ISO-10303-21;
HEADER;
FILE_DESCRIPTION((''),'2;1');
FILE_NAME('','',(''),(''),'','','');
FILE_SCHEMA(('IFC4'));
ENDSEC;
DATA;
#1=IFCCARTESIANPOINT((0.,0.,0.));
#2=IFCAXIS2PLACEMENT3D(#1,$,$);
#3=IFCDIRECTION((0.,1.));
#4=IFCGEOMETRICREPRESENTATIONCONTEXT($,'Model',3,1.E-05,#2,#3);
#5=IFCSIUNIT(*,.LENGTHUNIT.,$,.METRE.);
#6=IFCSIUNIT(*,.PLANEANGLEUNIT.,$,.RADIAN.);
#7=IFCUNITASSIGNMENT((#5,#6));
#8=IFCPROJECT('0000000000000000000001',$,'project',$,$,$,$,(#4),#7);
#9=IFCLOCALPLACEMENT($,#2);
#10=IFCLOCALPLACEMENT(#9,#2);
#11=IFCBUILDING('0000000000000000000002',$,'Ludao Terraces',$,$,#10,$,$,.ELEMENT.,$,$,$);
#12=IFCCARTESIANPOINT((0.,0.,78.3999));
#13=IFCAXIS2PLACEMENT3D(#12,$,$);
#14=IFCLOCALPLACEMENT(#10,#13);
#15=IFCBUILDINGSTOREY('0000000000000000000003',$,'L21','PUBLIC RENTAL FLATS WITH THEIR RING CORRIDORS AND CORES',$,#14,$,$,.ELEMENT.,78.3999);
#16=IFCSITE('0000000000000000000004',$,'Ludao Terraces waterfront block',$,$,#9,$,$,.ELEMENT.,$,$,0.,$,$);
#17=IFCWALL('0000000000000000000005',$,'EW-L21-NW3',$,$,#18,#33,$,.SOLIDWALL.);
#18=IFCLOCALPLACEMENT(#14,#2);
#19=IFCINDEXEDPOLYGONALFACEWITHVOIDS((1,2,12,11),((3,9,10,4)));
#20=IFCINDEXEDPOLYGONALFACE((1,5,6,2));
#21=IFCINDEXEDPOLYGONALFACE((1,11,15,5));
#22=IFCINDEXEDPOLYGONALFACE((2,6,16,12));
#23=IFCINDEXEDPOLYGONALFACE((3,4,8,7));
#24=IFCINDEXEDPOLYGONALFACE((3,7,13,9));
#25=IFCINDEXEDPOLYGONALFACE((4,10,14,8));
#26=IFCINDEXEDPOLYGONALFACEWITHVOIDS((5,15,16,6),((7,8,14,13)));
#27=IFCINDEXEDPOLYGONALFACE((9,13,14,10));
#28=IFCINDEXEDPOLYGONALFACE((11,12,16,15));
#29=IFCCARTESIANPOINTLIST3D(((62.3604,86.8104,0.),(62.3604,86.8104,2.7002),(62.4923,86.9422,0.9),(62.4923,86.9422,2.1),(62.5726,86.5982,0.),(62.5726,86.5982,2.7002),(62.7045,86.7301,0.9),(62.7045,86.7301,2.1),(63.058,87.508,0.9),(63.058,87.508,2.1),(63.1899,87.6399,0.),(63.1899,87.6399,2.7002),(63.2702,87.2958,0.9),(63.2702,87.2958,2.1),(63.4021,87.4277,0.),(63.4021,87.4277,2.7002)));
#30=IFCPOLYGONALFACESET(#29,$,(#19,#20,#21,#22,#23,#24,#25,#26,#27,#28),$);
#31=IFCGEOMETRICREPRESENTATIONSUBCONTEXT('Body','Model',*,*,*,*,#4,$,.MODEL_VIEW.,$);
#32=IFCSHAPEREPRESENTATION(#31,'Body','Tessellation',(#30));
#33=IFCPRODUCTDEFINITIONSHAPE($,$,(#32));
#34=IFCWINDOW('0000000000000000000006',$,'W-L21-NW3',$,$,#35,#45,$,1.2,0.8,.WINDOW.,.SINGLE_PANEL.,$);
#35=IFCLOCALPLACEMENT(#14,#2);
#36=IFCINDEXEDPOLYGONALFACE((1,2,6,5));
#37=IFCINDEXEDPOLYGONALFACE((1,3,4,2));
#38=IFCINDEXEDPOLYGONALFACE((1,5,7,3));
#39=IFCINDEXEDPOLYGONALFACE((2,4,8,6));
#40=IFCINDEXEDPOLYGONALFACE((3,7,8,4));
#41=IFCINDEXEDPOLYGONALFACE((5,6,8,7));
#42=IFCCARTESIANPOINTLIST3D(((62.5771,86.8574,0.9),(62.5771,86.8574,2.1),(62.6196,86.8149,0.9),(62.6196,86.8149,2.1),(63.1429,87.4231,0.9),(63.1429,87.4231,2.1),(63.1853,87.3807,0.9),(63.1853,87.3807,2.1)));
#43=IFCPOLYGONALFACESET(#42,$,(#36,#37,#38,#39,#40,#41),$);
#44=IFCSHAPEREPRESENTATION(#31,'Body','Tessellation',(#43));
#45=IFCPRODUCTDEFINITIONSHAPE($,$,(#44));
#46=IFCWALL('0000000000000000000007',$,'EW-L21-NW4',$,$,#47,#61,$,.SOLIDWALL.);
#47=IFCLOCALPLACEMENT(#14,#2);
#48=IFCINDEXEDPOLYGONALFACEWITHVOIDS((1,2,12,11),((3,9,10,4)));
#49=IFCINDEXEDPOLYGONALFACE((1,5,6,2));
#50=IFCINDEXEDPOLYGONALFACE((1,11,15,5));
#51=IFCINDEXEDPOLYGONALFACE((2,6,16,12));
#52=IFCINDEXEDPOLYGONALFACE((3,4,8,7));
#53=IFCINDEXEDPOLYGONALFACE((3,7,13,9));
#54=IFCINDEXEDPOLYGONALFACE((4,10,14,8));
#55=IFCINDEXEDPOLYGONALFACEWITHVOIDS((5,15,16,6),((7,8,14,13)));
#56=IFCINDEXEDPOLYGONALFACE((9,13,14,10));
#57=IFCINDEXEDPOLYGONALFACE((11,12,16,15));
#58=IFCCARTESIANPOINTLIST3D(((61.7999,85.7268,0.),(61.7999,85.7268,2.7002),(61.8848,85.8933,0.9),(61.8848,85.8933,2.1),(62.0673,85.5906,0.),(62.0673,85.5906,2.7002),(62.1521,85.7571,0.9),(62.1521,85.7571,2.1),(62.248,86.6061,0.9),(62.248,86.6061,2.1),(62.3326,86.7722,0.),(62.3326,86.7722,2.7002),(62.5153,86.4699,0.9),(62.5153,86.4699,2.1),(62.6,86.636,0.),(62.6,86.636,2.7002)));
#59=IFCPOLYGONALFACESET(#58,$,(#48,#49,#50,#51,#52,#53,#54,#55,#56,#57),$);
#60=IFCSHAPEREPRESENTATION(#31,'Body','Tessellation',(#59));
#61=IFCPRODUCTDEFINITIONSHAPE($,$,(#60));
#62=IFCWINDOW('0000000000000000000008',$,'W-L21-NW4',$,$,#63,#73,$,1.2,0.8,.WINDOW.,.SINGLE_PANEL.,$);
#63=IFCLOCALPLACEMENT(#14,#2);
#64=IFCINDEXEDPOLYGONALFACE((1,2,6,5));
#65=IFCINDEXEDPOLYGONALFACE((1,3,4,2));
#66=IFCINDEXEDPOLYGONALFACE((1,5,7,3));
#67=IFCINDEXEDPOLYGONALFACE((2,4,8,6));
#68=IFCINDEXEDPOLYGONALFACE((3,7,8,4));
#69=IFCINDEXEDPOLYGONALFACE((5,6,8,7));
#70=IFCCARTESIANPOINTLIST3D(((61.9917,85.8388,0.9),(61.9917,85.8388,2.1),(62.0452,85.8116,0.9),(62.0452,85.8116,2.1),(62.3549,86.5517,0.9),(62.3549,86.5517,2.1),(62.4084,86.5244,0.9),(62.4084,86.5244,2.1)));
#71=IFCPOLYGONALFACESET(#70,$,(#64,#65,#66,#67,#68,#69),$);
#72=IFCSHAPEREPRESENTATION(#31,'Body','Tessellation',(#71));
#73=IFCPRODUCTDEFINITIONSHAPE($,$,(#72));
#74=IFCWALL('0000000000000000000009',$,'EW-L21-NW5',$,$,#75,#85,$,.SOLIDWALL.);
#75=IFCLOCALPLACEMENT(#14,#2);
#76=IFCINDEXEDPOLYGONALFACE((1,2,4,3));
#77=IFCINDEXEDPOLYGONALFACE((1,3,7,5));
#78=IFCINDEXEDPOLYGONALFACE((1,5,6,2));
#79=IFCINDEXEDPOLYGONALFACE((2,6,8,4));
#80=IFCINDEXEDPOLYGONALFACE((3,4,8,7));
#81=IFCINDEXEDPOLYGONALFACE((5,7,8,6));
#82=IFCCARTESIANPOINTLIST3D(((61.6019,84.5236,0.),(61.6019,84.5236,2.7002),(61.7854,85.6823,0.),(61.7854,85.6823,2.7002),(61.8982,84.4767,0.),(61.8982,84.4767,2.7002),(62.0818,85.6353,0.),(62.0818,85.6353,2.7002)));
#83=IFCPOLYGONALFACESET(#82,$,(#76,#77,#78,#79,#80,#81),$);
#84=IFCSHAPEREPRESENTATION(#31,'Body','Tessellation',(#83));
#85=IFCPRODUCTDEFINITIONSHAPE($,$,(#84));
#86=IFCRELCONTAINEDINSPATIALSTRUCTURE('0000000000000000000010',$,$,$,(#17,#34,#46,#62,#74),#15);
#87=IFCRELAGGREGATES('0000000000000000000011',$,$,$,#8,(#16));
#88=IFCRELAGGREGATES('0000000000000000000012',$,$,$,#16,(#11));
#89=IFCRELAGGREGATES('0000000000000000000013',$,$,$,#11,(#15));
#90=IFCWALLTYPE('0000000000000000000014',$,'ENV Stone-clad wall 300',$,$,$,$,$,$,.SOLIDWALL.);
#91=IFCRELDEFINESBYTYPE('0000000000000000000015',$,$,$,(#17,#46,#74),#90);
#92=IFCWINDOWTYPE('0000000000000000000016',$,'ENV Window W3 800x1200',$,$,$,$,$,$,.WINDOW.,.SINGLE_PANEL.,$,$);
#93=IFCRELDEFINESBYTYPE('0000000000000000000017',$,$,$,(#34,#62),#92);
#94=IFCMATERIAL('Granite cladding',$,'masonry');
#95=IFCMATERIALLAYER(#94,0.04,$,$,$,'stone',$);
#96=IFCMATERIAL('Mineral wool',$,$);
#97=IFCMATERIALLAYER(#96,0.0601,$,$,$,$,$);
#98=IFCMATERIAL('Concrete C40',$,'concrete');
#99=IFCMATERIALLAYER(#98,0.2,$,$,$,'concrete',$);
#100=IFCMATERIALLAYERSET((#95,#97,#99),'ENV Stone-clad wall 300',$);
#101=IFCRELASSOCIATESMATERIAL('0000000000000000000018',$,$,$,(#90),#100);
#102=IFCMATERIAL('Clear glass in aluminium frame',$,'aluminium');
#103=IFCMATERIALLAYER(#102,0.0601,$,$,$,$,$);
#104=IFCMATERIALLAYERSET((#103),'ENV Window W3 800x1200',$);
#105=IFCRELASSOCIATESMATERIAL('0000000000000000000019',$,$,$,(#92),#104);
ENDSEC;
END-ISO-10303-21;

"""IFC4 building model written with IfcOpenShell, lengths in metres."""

from ifc_helpers import new_model, si_unit, direction, frame, frame_2d, origin, place, context, subcontext, project, spatial, rectangle, extrude, material, layer, layer_set, type_object, element, fill, save


model = new_model("IFC4")

# Units and contexts
model_context = context("Model", 3, precision=1e-05, world=origin(), true_north=direction((0.0, 1.0)))
body_context = subcontext(model_context, "Body", "Model", "MODEL_VIEW")
ifc_project = project(units=[si_unit("LENGTHUNIT", "METRE"), si_unit("PLANEANGLEUNIT", "RADIAN")], contexts=[model_context])

# Site, building, storey
site_placement = place(None, origin())
site = spatial("IfcSite", under=ifc_project, at=site_placement, Name="Ludao Terraces waterfront block", CompositionType="ELEMENT", RefElevation=0.0)
building_placement = place(site_placement, origin())
building = spatial("IfcBuilding", under=site, at=building_placement, Name="Ludao Terraces", CompositionType="ELEMENT")
storey_placement = place(building_placement, frame((0.0, 0.0, 78.3999)))
storey = spatial("IfcBuildingStorey", under=building, at=storey_placement, Name="L21", Description="PUBLIC RENTAL FLATS WITH THEIR RING CORRIDORS AND CORES", CompositionType="ELEMENT", Elevation=78.3999)

# Shared definitions
ifc_material_1 = material(Name="Concrete C40", Category="concrete")

# Shared definitions
ifc_material_2 = material(Name="Granite cladding", Category="masonry")
ifc_layer_1 = layer(ifc_material_2, 0.04, Category="stone")
ifc_material_3 = material(Name="Mineral wool")
ifc_layer_2 = layer(ifc_material_3, 0.0601)
ifc_layer_3 = layer(ifc_material_1, 0.2, Category="concrete")
ifc_layer_set_1 = layer_set([ifc_layer_1, ifc_layer_2, ifc_layer_3], Name="ENV Stone-clad wall 300")
wall_type_1 = type_object("IfcWallType", Name="ENV Stone-clad wall 300", PredefinedType="SOLIDWALL", material=ifc_layer_set_1)
ifc_material_4 = material(Name="Clear glass in aluminium frame", Category="aluminium")

# Walls, openings, windows
ifc_layer_4 = layer(ifc_material_4, 0.0601)
ifc_layer_set_2 = layer_set([ifc_layer_4], Name="ENV Window W3 800x1200")
window_type_1 = type_object("IfcWindowType", Name="ENV Window W3 800x1200", PartitioningType="SINGLE_PANEL", PredefinedType="WINDOW", material=ifc_layer_set_2)
wall_1_placement = place(storey_placement, frame((63.2959, 87.5337, 0.0), z_axis=(0.0, 0.0, 1.0), x_axis=(-0.707107, -0.707107, 0.0)))
wall_1 = element("IfcWall", 1, at=wall_1_placement, inside=storey, type_object=wall_type_1, Name="EW-L21-NW3", PredefinedType="SOLIDWALL", context=body_context, shape_type="SweptSolid", body=[
    extrude(rectangle(XDim=1.1731, YDim=0.3, at=frame_2d((0.5864, 0.0))), origin(), (0.0, 0.0, 1.0), 2.7002),
])
opening_1_placement = place(wall_1_placement, frame((0.1865, 0.0, 0.8999)))
opening_1 = element("IfcOpeningElement", 2, at=opening_1_placement, cuts=wall_1, PredefinedType="OPENING", context=body_context, shape_type="SweptSolid", body=[
    extrude(rectangle(XDim=0.8, YDim=1.2, at=frame_2d((0.3999, 0.6001))), frame((0.0, 0.1602, 0.0), z_axis=(0.0, -1.0, 0.0), x_axis=(1.0, 0.0, 0.0)), (0.0, 0.0, 1.0), 0.3201),
])
window_1_placement = place(opening_1_placement, origin())
window_1 = element("IfcWindow", 3, at=window_1_placement, inside=storey, type_object=window_type_1, Name="W-L21-NW3", OverallHeight=1.2, OverallWidth=0.8, PartitioningType="SINGLE_PANEL", PredefinedType="WINDOW", context=body_context, shape_type="SweptSolid", body=[
    extrude(rectangle(XDim=0.8, YDim=1.2, at=frame_2d((0.3999, 0.6001))), frame((0.0, 0.03, 0.0), z_axis=(0.0, -1.0, 0.0), x_axis=(1.0, 0.0, 0.0)), (0.0, 0.0, 1.0), 0.0601),
])
fill(opening_1, window_1)
wall_2_placement = place(storey_placement, frame((62.4663, 86.7041, 0.0), z_axis=(0.0, 0.0, 1.0), x_axis=(-0.454026, -0.890989, 0.0)))
wall_2 = element("IfcWall", 4, at=wall_2_placement, inside=storey, type_object=wall_type_1, Name="EW-L21-NW4", PredefinedType="SOLIDWALL", context=body_context, shape_type="SweptSolid", body=[
    extrude(rectangle(XDim=1.1733, YDim=0.3, at=frame_2d((0.5867, 0.0))), origin(), (0.0, 0.0, 1.0), 2.7002),
])
opening_2_placement = place(wall_2_placement, frame((0.1865, 0.0, 0.8999)))
opening_2 = element("IfcOpeningElement", 5, at=opening_2_placement, cuts=wall_2, PredefinedType="OPENING", context=body_context, shape_type="SweptSolid", body=[
    extrude(rectangle(XDim=0.8, YDim=1.2, at=frame_2d((0.3999, 0.6001))), frame((0.0, 0.1602, 0.0), z_axis=(0.0, -1.0, 0.0), x_axis=(1.0, 0.0, 0.0)), (0.0, 0.0, 1.0), 0.3201),
])
window_2_placement = place(opening_2_placement, origin())
window_2 = element("IfcWindow", 6, at=window_2_placement, inside=storey, type_object=window_type_1, Name="W-L21-NW4", OverallHeight=1.2, OverallWidth=0.8, PartitioningType="SINGLE_PANEL", PredefinedType="WINDOW", context=body_context, shape_type="SweptSolid", body=[
    extrude(rectangle(XDim=0.8, YDim=1.2, at=frame_2d((0.3999, 0.6001))), frame((0.0, 0.03, 0.0), z_axis=(0.0, -1.0, 0.0), x_axis=(1.0, 0.0, 0.0)), (0.0, 0.0, 1.0), 0.0601),
])
fill(opening_2, window_2)

# Wall
wall_3_placement = place(storey_placement, frame((61.9336, 85.6587, 0.0), z_axis=(0.0, 0.0, 1.0), x_axis=(-0.156497, -0.987678, 0.0)))
element("IfcWall", 7, at=wall_3_placement, inside=storey, type_object=wall_type_1, Name="EW-L21-NW5", PredefinedType="SOLIDWALL", context=body_context, shape_type="SweptSolid", body=[
    extrude(rectangle(XDim=1.1731, YDim=0.3, at=frame_2d((0.5864, 0.0))), origin(), (0.0, 0.0, 1.0), 2.7002),
])

save(model, "model.ifc")
